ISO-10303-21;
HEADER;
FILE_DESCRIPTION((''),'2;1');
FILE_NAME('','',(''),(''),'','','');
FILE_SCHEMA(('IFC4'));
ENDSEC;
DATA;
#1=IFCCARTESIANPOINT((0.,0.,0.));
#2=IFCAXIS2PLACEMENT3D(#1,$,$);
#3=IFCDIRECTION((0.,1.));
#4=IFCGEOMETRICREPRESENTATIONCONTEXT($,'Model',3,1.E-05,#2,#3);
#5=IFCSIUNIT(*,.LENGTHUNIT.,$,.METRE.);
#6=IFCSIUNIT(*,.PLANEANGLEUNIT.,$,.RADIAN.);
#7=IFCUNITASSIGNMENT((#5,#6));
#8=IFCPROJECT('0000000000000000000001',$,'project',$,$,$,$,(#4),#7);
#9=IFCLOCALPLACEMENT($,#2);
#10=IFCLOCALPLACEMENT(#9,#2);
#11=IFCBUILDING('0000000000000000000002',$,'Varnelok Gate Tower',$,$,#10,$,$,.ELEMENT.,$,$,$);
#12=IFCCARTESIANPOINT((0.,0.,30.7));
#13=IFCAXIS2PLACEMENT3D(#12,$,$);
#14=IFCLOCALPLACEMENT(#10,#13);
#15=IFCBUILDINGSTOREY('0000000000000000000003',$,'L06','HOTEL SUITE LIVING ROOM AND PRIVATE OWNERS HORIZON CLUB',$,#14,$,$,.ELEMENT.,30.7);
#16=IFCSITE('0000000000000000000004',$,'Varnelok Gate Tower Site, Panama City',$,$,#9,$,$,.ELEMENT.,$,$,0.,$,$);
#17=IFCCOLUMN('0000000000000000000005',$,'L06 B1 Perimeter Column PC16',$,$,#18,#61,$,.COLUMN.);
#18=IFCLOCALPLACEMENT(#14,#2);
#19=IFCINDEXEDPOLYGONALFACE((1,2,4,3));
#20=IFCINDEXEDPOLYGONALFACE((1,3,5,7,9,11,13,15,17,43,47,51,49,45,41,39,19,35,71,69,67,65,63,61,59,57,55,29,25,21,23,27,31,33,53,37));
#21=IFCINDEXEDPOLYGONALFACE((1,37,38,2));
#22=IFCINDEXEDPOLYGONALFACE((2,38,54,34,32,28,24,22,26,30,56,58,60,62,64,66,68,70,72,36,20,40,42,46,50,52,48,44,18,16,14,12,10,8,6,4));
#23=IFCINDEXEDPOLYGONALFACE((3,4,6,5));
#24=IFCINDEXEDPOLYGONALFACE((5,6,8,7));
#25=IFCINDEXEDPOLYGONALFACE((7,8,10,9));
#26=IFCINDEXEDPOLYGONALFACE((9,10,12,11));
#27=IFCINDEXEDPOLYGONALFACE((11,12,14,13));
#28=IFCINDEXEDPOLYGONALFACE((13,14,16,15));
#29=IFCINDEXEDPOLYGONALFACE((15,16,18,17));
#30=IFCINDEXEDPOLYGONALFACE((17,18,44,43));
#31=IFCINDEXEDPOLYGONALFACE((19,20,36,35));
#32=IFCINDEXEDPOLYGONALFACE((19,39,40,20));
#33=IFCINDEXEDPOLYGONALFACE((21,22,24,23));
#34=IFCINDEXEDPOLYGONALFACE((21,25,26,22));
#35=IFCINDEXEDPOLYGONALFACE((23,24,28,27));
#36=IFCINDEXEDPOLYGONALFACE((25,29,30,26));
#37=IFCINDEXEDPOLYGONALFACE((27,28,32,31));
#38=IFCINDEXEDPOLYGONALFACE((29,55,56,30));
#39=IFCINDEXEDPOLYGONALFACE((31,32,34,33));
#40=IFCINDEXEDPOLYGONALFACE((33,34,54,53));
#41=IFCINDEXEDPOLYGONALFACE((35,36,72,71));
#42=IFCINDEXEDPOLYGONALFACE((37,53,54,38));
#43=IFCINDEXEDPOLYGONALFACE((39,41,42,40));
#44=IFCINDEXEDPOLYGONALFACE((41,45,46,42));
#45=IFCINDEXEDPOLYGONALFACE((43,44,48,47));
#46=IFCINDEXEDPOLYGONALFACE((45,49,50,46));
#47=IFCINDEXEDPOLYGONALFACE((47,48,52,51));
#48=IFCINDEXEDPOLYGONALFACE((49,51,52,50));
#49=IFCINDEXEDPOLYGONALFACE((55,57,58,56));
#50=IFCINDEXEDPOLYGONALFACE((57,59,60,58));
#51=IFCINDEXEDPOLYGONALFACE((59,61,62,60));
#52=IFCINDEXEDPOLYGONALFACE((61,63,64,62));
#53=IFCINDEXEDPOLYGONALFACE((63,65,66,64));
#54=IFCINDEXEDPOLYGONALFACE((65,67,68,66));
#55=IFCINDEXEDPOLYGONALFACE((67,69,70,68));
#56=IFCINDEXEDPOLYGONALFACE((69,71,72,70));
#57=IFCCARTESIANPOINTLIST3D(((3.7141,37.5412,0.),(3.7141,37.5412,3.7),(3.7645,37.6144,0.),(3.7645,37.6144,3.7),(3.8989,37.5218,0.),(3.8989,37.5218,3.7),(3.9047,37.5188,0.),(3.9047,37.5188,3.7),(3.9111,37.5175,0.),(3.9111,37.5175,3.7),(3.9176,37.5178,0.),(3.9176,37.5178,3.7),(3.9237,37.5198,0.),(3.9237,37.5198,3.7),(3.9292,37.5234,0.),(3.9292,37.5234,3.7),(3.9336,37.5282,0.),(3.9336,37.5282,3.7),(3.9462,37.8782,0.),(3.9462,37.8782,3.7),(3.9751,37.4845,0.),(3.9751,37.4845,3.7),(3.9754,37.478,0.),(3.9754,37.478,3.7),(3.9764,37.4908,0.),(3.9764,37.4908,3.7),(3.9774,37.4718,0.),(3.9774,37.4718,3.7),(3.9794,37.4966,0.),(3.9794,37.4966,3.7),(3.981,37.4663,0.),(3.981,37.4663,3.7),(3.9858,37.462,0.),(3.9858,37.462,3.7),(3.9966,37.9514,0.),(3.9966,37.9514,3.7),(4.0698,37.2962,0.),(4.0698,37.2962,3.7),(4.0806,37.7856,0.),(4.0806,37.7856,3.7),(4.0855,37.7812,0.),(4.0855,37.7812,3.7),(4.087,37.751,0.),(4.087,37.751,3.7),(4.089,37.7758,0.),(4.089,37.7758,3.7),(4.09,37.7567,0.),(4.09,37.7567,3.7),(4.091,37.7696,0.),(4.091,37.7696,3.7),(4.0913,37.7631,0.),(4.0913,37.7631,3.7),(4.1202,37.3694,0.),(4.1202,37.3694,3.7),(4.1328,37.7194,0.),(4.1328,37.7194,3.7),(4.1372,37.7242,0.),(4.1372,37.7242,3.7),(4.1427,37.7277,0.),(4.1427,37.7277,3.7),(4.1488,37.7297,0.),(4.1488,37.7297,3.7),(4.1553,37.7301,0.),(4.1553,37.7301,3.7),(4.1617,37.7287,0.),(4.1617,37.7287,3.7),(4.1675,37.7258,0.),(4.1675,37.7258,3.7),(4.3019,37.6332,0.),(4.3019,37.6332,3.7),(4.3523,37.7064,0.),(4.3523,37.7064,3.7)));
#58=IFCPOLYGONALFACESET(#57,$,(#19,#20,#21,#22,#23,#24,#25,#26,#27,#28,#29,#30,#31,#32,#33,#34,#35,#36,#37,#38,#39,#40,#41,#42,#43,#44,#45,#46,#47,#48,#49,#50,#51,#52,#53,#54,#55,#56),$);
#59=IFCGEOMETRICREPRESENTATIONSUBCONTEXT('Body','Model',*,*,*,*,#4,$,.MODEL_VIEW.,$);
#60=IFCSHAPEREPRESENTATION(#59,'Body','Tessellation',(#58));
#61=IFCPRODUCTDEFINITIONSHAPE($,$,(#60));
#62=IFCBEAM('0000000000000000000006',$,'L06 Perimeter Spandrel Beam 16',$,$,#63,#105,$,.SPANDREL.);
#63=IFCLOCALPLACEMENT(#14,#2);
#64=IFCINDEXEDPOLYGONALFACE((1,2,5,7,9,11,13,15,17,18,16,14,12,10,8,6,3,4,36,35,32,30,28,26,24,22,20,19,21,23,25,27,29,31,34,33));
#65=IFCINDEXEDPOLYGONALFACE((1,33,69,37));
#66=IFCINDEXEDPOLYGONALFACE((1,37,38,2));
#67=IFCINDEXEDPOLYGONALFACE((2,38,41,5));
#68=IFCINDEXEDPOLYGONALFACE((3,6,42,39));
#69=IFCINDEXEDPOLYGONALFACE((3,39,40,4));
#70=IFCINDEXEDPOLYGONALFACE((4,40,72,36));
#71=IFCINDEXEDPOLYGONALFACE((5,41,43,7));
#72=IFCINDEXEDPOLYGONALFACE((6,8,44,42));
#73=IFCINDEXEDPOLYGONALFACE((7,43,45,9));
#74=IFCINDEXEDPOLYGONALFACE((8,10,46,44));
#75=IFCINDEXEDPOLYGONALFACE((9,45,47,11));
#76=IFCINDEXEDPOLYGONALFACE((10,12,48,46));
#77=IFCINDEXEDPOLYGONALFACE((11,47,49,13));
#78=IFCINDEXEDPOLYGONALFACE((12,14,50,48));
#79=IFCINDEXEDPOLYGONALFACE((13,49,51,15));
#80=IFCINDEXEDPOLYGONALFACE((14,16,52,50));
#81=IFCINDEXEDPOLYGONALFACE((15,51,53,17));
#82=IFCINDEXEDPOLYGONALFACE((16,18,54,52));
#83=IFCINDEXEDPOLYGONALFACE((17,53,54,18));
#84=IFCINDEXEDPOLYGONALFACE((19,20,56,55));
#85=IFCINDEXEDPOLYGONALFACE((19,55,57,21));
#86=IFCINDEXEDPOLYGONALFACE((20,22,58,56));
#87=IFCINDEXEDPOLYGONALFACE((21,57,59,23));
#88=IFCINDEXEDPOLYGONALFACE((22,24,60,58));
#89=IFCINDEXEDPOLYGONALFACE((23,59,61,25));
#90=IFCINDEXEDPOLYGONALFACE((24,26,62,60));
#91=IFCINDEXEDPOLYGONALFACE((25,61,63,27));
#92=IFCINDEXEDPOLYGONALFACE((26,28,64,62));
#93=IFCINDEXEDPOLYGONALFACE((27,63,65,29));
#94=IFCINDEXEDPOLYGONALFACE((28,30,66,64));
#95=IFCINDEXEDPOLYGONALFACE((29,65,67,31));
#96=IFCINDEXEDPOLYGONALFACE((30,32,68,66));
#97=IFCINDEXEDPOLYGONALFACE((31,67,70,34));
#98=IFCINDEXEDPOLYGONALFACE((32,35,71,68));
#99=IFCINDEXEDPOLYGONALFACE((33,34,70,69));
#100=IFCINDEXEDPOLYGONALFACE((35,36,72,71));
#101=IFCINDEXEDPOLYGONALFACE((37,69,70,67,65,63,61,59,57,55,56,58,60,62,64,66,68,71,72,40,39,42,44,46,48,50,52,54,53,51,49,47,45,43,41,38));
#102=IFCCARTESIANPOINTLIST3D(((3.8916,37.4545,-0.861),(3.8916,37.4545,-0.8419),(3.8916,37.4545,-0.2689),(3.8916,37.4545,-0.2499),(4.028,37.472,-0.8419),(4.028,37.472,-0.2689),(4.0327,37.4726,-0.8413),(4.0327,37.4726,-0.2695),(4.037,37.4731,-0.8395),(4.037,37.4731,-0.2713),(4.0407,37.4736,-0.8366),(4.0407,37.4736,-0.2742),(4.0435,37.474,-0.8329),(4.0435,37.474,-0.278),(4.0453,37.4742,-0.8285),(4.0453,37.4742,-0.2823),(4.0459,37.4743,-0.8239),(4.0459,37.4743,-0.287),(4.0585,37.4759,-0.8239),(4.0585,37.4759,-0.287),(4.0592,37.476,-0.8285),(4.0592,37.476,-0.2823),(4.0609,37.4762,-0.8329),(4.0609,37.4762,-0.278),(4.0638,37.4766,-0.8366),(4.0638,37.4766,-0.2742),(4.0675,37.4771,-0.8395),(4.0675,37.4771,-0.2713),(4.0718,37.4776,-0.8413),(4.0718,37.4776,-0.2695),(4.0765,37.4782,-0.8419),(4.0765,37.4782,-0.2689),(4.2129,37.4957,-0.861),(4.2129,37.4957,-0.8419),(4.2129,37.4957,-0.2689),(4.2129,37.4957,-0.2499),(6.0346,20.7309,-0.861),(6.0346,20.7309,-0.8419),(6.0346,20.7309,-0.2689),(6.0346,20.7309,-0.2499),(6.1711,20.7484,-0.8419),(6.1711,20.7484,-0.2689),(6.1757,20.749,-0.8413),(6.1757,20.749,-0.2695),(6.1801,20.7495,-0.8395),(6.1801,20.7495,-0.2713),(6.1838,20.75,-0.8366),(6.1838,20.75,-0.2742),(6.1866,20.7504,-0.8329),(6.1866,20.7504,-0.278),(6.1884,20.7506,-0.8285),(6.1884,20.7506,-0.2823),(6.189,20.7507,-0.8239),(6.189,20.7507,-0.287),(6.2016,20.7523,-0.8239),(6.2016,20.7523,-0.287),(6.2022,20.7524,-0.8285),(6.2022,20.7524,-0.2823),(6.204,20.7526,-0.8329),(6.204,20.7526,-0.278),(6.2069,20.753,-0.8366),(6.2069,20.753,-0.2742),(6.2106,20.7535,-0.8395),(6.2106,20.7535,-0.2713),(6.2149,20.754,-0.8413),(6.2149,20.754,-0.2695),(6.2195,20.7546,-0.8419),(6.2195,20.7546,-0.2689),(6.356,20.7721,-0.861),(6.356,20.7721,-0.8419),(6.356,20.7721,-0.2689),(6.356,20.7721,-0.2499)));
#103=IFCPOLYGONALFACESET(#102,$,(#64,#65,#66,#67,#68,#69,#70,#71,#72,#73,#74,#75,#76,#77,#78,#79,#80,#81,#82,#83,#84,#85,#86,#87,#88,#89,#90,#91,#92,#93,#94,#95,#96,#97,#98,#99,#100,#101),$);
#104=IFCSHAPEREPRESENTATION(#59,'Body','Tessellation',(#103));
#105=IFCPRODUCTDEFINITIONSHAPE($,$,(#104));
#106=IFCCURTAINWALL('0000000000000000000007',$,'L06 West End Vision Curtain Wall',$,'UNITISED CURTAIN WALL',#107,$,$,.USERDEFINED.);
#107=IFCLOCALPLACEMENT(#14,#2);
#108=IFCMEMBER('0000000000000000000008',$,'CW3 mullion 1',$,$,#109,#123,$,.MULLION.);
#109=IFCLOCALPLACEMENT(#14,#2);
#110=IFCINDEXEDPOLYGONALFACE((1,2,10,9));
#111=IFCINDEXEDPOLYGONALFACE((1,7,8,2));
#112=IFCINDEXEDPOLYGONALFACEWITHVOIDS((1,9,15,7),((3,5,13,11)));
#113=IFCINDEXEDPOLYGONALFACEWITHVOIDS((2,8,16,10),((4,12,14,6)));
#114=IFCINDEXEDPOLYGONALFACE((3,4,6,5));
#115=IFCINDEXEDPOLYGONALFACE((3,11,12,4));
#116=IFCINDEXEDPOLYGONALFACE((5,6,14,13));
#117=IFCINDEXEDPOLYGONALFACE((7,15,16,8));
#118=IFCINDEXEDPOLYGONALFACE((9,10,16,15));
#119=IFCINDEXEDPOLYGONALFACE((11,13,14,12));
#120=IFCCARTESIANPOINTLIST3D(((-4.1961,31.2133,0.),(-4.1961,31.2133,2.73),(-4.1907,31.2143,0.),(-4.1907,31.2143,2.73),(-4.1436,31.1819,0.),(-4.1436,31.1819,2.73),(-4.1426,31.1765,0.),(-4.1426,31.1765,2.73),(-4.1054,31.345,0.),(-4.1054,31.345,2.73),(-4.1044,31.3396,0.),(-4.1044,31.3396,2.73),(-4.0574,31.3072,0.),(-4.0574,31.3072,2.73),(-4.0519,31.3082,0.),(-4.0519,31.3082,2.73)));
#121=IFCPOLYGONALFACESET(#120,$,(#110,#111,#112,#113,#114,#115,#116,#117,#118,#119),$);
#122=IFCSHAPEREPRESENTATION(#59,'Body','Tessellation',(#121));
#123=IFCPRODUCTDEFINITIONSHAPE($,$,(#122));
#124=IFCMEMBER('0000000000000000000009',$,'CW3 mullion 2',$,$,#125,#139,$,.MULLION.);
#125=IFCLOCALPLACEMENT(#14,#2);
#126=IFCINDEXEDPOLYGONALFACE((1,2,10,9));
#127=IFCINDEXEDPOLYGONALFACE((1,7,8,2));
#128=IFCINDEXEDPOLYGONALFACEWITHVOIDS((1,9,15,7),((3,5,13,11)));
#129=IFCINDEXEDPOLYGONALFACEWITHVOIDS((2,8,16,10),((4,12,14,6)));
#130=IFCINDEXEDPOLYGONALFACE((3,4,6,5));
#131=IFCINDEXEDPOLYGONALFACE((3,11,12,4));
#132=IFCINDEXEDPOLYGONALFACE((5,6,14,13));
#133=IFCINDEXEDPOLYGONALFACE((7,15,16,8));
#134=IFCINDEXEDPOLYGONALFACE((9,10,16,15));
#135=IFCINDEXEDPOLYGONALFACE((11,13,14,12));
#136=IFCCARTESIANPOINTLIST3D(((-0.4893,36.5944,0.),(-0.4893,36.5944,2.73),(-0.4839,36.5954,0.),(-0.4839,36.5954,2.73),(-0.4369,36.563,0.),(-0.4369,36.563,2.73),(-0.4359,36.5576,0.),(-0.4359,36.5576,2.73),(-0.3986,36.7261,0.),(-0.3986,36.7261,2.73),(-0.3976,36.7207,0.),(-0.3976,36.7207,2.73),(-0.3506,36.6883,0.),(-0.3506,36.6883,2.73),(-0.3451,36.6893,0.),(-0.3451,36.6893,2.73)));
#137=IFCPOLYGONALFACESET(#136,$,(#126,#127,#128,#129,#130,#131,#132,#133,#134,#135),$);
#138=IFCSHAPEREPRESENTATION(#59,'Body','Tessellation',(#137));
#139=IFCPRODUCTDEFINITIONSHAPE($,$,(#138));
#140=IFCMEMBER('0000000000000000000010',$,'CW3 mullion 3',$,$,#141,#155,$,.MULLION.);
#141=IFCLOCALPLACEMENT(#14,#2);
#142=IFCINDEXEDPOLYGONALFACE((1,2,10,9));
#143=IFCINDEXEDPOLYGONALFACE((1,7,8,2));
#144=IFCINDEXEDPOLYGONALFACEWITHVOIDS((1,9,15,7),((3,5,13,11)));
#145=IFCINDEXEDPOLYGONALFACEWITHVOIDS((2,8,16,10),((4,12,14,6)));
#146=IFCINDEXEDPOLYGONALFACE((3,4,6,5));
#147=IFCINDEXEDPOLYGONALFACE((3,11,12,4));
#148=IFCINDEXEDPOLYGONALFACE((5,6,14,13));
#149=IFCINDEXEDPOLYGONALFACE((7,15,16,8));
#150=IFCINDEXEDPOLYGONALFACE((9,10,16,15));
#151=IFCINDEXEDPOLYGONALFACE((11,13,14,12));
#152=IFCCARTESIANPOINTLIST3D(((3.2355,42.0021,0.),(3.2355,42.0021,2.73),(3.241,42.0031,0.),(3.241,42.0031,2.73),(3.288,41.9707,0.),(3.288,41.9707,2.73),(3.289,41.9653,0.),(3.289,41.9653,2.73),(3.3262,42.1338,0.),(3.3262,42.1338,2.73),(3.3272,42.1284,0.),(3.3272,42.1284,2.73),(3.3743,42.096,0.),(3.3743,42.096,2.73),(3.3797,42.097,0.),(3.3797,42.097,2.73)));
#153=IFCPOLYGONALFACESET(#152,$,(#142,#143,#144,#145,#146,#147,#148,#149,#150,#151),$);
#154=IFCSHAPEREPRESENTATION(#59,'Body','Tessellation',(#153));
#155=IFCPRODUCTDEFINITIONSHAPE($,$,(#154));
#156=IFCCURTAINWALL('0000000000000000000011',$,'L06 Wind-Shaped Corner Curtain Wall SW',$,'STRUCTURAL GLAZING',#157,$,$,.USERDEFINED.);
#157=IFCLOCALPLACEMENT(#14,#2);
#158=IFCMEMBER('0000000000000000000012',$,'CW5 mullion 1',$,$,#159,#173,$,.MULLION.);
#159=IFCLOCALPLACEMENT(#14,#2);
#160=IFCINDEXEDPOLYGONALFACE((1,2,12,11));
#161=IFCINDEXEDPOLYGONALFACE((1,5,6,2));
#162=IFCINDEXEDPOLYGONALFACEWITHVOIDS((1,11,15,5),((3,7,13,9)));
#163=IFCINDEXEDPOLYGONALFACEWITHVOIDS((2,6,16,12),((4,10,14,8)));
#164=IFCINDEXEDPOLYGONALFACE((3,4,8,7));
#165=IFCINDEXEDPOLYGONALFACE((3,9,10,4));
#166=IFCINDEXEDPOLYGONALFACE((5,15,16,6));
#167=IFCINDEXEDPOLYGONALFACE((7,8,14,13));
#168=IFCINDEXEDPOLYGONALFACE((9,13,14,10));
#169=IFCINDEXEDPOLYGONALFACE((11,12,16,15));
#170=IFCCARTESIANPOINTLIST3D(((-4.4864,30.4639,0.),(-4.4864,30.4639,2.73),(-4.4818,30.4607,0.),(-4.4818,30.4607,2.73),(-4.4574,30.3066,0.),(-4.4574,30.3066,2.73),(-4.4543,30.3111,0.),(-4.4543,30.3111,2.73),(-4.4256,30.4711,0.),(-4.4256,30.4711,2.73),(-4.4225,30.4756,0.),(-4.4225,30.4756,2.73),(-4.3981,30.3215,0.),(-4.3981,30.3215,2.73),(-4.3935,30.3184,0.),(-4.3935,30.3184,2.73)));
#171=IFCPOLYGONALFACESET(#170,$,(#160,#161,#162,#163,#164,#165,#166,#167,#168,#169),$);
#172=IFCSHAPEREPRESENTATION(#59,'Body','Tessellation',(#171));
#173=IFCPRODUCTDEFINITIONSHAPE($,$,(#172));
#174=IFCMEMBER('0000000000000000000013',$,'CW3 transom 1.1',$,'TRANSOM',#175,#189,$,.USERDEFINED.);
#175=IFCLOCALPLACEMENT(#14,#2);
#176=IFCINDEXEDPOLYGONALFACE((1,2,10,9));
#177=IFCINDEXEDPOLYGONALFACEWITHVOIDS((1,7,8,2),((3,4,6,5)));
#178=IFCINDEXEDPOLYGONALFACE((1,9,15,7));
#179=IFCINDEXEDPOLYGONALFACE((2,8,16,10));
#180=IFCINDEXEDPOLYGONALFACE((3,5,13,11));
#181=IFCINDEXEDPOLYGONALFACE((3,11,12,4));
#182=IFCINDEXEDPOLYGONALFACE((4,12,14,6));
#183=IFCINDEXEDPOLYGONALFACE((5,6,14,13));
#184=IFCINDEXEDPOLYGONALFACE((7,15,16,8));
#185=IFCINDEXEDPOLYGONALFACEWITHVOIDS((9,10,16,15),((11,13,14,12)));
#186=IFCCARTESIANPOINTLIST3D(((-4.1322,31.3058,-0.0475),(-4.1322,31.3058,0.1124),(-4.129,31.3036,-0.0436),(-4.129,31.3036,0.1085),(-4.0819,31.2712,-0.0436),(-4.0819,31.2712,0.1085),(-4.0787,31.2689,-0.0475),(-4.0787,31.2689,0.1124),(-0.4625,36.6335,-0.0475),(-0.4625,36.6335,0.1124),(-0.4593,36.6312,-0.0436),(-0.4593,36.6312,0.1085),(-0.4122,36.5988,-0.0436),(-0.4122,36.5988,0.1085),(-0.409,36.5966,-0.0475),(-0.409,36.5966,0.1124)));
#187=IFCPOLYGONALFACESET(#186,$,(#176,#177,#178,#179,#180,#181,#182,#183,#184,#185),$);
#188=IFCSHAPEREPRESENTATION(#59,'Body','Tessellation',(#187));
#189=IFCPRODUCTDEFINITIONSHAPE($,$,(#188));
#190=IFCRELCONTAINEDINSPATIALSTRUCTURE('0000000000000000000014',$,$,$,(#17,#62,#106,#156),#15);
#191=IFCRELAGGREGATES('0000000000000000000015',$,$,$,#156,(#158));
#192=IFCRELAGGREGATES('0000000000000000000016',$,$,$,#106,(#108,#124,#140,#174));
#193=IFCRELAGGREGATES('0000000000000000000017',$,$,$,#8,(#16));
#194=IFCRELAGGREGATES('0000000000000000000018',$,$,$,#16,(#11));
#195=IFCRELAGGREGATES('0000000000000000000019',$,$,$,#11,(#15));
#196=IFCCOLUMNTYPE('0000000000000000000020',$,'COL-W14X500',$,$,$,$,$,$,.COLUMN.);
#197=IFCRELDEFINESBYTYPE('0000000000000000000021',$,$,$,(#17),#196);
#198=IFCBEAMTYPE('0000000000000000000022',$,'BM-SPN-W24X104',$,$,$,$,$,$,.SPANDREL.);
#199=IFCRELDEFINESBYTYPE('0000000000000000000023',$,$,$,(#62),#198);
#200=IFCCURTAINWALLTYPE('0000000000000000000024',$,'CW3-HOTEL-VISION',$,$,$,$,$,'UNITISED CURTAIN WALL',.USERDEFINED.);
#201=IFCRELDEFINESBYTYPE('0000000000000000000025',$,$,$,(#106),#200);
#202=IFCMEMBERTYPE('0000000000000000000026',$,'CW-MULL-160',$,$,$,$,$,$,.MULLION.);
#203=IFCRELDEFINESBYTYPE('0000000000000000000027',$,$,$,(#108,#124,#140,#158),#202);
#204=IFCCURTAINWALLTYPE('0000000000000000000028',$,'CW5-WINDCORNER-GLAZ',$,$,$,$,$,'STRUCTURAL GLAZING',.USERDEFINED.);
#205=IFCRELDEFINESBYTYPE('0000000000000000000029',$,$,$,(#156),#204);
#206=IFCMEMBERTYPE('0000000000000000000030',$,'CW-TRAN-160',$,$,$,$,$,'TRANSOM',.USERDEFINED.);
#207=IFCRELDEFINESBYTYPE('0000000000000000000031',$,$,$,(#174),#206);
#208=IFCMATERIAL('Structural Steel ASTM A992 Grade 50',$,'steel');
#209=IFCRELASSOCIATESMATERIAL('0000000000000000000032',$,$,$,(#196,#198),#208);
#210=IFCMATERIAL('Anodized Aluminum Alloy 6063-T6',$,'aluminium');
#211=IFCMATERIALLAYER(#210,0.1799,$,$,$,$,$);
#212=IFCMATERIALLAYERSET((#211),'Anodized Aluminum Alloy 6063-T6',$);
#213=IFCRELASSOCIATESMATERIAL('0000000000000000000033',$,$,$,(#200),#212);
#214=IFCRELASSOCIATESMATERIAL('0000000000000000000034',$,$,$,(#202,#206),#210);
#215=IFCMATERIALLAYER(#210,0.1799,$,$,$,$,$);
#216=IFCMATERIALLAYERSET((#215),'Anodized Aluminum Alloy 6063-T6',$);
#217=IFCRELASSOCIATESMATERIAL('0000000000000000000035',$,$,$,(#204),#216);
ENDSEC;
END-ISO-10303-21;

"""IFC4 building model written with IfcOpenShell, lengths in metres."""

from ifc_helpers import new_model, si_unit, direction, frame, origin, origin_2d, place, context, subcontext, project, spatial, hollow_rectangle, i_section, extrude, material, layer, layer_set, material_profile, profile_set, type_object, element, aggregate, save


model = new_model("IFC4")

# Units and contexts
model_context = context("Model", 3, precision=1e-05, world=origin(), true_north=direction((0.0, 1.0)))
body_context = subcontext(model_context, "Body", "Model", "MODEL_VIEW")
ifc_project = project(units=[si_unit("LENGTHUNIT", "METRE"), si_unit("PLANEANGLEUNIT", "RADIAN")], contexts=[model_context])

# Site, building, storey
site_placement = place(None, origin())
site = spatial("IfcSite", under=ifc_project, at=site_placement, Name="Varnelok Gate Tower Site, Panama City", CompositionType="ELEMENT", RefElevation=0.0)
building_placement = place(site_placement, origin())
building = spatial("IfcBuilding", under=site, at=building_placement, Name="Varnelok Gate Tower", CompositionType="ELEMENT")
storey_placement = place(building_placement, frame((0.0, 0.0, 30.7)))
storey = spatial("IfcBuildingStorey", under=building, at=storey_placement, Name="L06", Description="HOTEL SUITE LIVING ROOM AND PRIVATE OWNERS HORIZON CLUB", CompositionType="ELEMENT", Elevation=30.7)

# Column
ifc_material_1 = material(Name="Structural Steel ASTM A992 Grade 50", Category="steel")
ifc_material_profile_1 = material_profile(ifc_material_1, i_section(OverallWidth=0.4319, OverallDepth=0.498, WebThickness=0.0557, FlangeThickness=0.0889, FilletRadius=0.0249, at=origin_2d()), Name="W14X500")
ifc_profile_set_1 = profile_set([ifc_material_profile_1], Name="Structural Steel ASTM A992 Grade 50")
column_type = type_object("IfcColumnType", Name="COL-W14X500", PredefinedType="COLUMN", material=ifc_profile_set_1)
column_placement = place(storey_placement, frame((4.0332, 37.6238, 0.0), z_axis=(0.0, 0.0, 1.0), x_axis=(0.823533, -0.567269, 0.0)))
element("IfcColumn", 1, at=column_placement, inside=storey, type_object=column_type, Name="L06 B1 Perimeter Column PC16", PredefinedType="COLUMN", context=body_context, shape_type="SweptSolid", body=[
    extrude(i_section(OverallWidth=0.4319, OverallDepth=0.498, WebThickness=0.0557, FlangeThickness=0.0889, FilletRadius=0.0249, at=origin_2d()), origin(), (0.0, 0.0, 1.0), 3.7),
])

# Beam
ifc_material_profile_2 = material_profile(ifc_material_1, i_section(OverallWidth=0.324, OverallDepth=0.6111, WebThickness=0.0127, FlangeThickness=0.019, FilletRadius=0.0181, at=origin_2d()), Name="W24X104")
ifc_profile_set_2 = profile_set([ifc_material_profile_2], Name="Structural Steel ASTM A992 Grade 50")
beam_type = type_object("IfcBeamType", Name="BM-SPN-W24X104", PredefinedType="SPANDREL", material=ifc_profile_set_2)
beam_placement = place(storey_placement, frame((4.0522, 37.4751, -0.5554), z_axis=(0.127107, -0.991889, 0.0), x_axis=(0.991889, 0.127107, 0.0)))
element("IfcBeam", 2, at=beam_placement, inside=storey, type_object=beam_type, Name="L06 Perimeter Spandrel Beam 16", PredefinedType="SPANDREL", context=body_context, shape_type="SweptSolid", body=[
    extrude(i_section(OverallWidth=0.324, OverallDepth=0.6111, WebThickness=0.0127, FlangeThickness=0.019, FilletRadius=0.0181, at=origin_2d()), origin(), (0.0, 0.0, 1.0), 16.8604),
])

# Curtain wall, members
ifc_material_2 = material(Name="Anodized Aluminum Alloy 6063-T6", Category="aluminium")
ifc_layer_1 = layer(ifc_material_2, 0.1799)
ifc_layer_set_1 = layer_set([ifc_layer_1], Name="Anodized Aluminum Alloy 6063-T6")
curtain_wall_type_1 = type_object("IfcCurtainWallType", Name="CW3-HOTEL-VISION", ElementType="UNITISED CURTAIN WALL", PredefinedType="USERDEFINED", material=ifc_layer_set_1)
curtain_wall_1_placement = place(storey_placement, origin())
curtain_wall_1 = element("IfcCurtainWall", 3, at=curtain_wall_1_placement, inside=storey, type_object=curtain_wall_type_1, Name="L06 West End Vision Curtain Wall", ObjectType="UNITISED CURTAIN WALL", PredefinedType="USERDEFINED")
ifc_material_profile_3 = material_profile(ifc_material_2, hollow_rectangle(XDim=0.0649, YDim=0.1599, WallThickness=0.0039, at=origin_2d()), Name="ALU160X65X4")
ifc_profile_set_3 = profile_set([ifc_material_profile_3], Name="Anodized Aluminum Alloy 6063-T6")
member_type_1 = type_object("IfcMemberType", Name="CW-MULL-160", PredefinedType="MULLION", material=ifc_profile_set_3)
member_1_placement = place(storey_placement, frame((-4.124, 31.2607, 0.0), z_axis=(0.0, 0.0, 1.0), x_axis=(-0.823533, 0.567269, 0.0)))
member_1 = element("IfcMember", 4, at=member_1_placement, type_object=member_type_1, Name="CW3 mullion 1", PredefinedType="MULLION", context=body_context, shape_type="SweptSolid", body=[
    extrude(hollow_rectangle(XDim=0.0649, YDim=0.1599, WallThickness=0.0039, at=origin_2d()), origin(), (0.0, 0.0, 1.0), 2.73),
])
member_2_placement = place(storey_placement, frame((-0.4172, 36.6418, 0.0), z_axis=(0.0, 0.0, 1.0), x_axis=(-0.823533, 0.567269, 0.0)))
member_2 = element("IfcMember", 5, at=member_2_placement, type_object=member_type_1, Name="CW3 mullion 2", PredefinedType="MULLION", context=body_context, shape_type="SweptSolid", body=[
    extrude(hollow_rectangle(XDim=0.0649, YDim=0.1599, WallThickness=0.0039, at=origin_2d()), origin(), (0.0, 0.0, 1.0), 2.73),
])
member_3_placement = place(storey_placement, frame((3.3076, 42.0496, 0.0), z_axis=(0.0, 0.0, 1.0), x_axis=(-0.823533, 0.567269, 0.0)))
member_3 = element("IfcMember", 6, at=member_3_placement, type_object=member_type_1, Name="CW3 mullion 3", PredefinedType="MULLION", context=body_context, shape_type="SweptSolid", body=[
    extrude(hollow_rectangle(XDim=0.0649, YDim=0.1599, WallThickness=0.0039, at=origin_2d()), origin(), (0.0, 0.0, 1.0), 2.73),
])

# Curtain wall, member
ifc_layer_2 = layer(ifc_material_2, 0.1799)
ifc_layer_set_2 = layer_set([ifc_layer_2], Name="Anodized Aluminum Alloy 6063-T6")
curtain_wall_type_2 = type_object("IfcCurtainWallType", Name="CW5-WINDCORNER-GLAZ", ElementType="STRUCTURAL GLAZING", PredefinedType="USERDEFINED", material=ifc_layer_set_2)
curtain_wall_2_placement = place(storey_placement, origin())
curtain_wall_2 = element("IfcCurtainWall", 7, at=curtain_wall_2_placement, inside=storey, type_object=curtain_wall_type_2, Name="L06 Wind-Shaped Corner Curtain Wall SW", ObjectType="STRUCTURAL GLAZING", PredefinedType="USERDEFINED")
member_4_placement = place(storey_placement, frame((-4.4399, 30.3911, 0.0), z_axis=(0.0, 0.0, 1.0), x_axis=(0.983446, 0.181203, 0.0)))
member_4 = element("IfcMember", 8, at=member_4_placement, type_object=member_type_1, Name="CW5 mullion 1", PredefinedType="MULLION", context=body_context, shape_type="SweptSolid", body=[
    extrude(hollow_rectangle(XDim=0.0649, YDim=0.1599, WallThickness=0.0039, at=origin_2d()), origin(), (0.0, 0.0, 1.0), 2.73),
])

# Member
ifc_material_profile_4 = material_profile(ifc_material_2, hollow_rectangle(XDim=0.0649, YDim=0.1599, WallThickness=0.0039, at=origin_2d()), Name="ALU160X65X4")
ifc_profile_set_4 = profile_set([ifc_material_profile_4], Name="Anodized Aluminum Alloy 6063-T6")
member_type_2 = type_object("IfcMemberType", Name="CW-TRAN-160", ElementType="TRANSOM", PredefinedType="USERDEFINED", material=ifc_profile_set_4)
member_5_placement = place(storey_placement, frame((-4.1055, 31.2874, 0.0325), z_axis=(0.567256, 0.823542, 0.0), x_axis=(-0.823542, 0.567256, 0.0)))
member_5 = element("IfcMember", 9, at=member_5_placement, type_object=member_type_2, Name="CW3 transom 1.1", ObjectType="TRANSOM", PredefinedType="USERDEFINED", context=body_context, shape_type="SweptSolid", body=[
    extrude(hollow_rectangle(XDim=0.0649, YDim=0.1599, WallThickness=0.0039, at=origin_2d()), origin(), (0.0, 0.0, 1.0), 6.4692),
])
aggregate(curtain_wall_2, [member_4])

aggregate(curtain_wall_1, [member_1, member_2, member_3, member_5])

save(model, "model.ifc")
